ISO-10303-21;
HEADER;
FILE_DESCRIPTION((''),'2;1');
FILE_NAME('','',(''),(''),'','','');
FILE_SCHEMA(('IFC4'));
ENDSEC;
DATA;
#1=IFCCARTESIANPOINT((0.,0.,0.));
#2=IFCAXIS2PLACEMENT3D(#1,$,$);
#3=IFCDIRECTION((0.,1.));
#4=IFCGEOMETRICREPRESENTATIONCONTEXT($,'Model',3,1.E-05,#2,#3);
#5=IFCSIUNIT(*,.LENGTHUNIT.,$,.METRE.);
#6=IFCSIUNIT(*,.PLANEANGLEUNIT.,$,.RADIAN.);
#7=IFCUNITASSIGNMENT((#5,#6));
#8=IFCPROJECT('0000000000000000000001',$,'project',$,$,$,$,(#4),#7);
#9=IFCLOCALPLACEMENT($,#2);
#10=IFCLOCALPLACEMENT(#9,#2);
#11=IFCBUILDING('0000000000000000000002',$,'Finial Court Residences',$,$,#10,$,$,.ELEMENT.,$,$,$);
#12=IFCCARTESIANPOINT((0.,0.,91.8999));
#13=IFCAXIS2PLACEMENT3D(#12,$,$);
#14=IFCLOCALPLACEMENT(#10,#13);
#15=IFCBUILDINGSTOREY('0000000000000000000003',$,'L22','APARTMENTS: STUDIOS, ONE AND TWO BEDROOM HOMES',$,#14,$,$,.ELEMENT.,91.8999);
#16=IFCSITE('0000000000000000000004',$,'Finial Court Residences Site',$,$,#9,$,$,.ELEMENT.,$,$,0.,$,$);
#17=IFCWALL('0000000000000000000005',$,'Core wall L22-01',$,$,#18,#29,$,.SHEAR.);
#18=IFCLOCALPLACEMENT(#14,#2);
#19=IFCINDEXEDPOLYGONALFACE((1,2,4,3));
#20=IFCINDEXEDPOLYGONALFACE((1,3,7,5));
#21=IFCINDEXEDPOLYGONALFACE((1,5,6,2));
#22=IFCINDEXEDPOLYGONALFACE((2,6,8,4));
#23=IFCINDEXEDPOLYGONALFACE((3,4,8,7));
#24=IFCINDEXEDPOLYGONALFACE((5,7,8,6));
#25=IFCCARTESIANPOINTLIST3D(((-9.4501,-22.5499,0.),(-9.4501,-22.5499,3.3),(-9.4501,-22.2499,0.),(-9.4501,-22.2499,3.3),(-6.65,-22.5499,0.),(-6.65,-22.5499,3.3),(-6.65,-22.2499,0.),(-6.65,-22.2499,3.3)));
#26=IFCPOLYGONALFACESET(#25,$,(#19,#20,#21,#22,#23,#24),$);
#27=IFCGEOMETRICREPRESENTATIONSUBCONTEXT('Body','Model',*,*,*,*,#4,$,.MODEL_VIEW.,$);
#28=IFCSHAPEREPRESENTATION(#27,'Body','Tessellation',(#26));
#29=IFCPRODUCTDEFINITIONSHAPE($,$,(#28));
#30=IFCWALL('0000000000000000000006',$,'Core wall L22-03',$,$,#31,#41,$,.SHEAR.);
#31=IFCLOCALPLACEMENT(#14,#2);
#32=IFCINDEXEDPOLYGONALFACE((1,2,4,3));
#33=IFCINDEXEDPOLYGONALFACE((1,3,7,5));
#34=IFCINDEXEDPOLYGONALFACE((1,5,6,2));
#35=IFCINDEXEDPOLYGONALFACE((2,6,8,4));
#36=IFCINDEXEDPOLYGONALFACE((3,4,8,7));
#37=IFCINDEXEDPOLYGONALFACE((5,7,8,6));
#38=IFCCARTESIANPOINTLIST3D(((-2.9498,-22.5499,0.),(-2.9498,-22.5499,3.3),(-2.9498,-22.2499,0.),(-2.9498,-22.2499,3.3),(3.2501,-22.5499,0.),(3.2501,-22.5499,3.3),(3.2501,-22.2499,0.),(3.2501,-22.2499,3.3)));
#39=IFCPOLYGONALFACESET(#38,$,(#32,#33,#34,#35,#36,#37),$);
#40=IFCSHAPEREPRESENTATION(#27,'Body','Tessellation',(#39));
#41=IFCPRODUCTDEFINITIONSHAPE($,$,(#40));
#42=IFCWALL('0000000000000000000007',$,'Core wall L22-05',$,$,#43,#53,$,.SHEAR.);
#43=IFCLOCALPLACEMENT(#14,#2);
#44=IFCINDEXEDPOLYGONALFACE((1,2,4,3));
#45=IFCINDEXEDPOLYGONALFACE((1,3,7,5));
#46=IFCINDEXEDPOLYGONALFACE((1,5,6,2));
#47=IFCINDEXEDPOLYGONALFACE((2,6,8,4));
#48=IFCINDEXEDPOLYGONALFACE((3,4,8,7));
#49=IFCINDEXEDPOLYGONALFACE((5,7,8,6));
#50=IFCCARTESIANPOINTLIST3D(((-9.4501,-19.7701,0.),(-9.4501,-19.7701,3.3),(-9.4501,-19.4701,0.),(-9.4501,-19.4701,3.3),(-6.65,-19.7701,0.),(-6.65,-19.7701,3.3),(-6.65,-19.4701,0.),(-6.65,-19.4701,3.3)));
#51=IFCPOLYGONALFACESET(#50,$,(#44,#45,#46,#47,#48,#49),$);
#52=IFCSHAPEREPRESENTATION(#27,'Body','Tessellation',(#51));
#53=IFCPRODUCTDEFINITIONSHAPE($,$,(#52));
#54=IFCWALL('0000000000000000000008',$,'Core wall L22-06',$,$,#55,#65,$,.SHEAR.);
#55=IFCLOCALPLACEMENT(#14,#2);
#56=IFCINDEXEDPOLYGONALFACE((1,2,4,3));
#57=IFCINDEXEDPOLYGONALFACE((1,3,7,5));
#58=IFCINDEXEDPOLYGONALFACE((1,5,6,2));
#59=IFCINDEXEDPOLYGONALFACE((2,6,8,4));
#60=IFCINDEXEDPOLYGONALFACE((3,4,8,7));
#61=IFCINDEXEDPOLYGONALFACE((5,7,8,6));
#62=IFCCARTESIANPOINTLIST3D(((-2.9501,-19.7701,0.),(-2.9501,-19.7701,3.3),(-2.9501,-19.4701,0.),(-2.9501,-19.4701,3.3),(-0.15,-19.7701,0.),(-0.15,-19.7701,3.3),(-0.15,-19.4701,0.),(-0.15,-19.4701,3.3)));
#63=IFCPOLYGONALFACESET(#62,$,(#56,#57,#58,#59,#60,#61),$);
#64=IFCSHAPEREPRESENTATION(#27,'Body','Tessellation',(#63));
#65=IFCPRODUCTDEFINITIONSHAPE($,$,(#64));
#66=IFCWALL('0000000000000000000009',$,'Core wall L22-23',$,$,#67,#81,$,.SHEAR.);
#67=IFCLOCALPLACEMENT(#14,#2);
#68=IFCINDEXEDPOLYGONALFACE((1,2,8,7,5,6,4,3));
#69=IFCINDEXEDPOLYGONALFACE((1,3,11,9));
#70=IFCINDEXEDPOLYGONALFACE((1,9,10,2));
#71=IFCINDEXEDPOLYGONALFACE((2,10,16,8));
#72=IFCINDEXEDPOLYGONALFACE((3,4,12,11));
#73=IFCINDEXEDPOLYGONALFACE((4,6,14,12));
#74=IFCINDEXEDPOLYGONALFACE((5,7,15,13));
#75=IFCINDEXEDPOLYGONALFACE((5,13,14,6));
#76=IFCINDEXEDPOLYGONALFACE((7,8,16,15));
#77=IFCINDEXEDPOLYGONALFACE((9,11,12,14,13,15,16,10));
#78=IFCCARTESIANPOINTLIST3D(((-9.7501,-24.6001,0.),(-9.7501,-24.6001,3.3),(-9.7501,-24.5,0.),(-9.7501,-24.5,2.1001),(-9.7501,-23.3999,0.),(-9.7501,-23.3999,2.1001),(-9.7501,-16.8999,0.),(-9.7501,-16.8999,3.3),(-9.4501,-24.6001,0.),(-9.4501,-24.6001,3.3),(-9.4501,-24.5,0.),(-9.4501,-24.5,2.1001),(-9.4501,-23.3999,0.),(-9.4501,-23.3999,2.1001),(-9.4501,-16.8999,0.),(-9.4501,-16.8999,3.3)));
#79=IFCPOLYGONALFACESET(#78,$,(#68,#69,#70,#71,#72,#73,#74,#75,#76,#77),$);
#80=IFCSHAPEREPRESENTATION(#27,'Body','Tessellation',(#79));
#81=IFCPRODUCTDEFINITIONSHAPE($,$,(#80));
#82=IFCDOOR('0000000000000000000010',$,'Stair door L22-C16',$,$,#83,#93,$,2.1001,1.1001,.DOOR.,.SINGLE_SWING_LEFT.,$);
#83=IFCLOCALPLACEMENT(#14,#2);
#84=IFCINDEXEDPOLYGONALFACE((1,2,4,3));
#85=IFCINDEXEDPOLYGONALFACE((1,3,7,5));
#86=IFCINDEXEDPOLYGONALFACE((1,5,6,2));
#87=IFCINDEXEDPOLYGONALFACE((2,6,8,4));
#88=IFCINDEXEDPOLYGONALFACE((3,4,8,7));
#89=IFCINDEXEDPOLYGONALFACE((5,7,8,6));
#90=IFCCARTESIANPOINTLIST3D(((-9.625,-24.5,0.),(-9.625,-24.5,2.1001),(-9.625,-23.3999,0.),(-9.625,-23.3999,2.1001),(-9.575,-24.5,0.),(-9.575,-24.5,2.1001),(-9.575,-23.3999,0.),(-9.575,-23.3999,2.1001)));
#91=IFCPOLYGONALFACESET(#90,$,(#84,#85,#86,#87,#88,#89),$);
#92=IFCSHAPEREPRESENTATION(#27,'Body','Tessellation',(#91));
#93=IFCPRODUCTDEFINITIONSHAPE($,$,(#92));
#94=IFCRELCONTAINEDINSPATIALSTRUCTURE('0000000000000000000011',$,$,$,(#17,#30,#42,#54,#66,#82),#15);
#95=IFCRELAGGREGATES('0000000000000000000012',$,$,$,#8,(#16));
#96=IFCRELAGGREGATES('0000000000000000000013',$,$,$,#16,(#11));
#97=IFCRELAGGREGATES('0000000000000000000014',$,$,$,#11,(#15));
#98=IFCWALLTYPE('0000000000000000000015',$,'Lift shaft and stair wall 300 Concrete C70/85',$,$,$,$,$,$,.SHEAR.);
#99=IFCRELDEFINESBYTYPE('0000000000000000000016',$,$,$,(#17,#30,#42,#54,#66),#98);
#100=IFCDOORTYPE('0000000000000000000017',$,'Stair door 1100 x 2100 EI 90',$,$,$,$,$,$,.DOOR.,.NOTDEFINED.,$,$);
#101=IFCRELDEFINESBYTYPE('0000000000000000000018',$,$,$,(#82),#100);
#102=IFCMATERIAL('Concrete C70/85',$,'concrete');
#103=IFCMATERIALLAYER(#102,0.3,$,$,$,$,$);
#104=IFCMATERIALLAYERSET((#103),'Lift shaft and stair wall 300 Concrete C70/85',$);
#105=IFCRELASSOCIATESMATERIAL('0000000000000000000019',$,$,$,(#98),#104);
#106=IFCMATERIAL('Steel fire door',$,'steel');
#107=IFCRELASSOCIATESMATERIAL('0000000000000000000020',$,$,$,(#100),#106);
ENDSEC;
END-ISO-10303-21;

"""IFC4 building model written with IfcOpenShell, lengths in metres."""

from ifc_helpers import new_model, si_unit, direction, frame, frame_2d, origin, place, context, subcontext, project, spatial, rectangle, extrude, material, layer, layer_set, type_object, element, fill, save


model = new_model("IFC4")

# Units and contexts
model_context = context("Model", 3, precision=1e-05, world=origin(), true_north=direction((0.0, 1.0)))
body_context = subcontext(model_context, "Body", "Model", "MODEL_VIEW")
ifc_project = project(units=[si_unit("LENGTHUNIT", "METRE"), si_unit("PLANEANGLEUNIT", "RADIAN")], contexts=[model_context])

# Site, building, storey
site_placement = place(None, origin())
site = spatial("IfcSite", under=ifc_project, at=site_placement, Name="Finial Court Residences Site", CompositionType="ELEMENT", RefElevation=0.0)
building_placement = place(site_placement, origin())
building = spatial("IfcBuilding", under=site, at=building_placement, Name="Finial Court Residences", CompositionType="ELEMENT")
storey_placement = place(building_placement, frame((0.0, 0.0, 91.8999)))
storey = spatial("IfcBuildingStorey", under=building, at=storey_placement, Name="L22", Description="APARTMENTS: STUDIOS, ONE AND TWO BEDROOM HOMES", CompositionType="ELEMENT", Elevation=91.8999)

# Walls
ifc_material_1 = material(Name="Concrete C70/85", Category="concrete")
ifc_layer_1 = layer(ifc_material_1, 0.3)
ifc_layer_set_1 = layer_set([ifc_layer_1], Name="Lift shaft and stair wall 300 Concrete C70/85")
wall_type_1 = type_object("IfcWallType", Name="Lift shaft and stair wall 300 Concrete C70/85", PredefinedType="SHEAR", material=ifc_layer_set_1)
wall_1_placement = place(storey_placement, frame((-9.45, -22.3999, 0.0), z_axis=(0.0, 0.0, 1.0), x_axis=(1.0, 0.0, 0.0)))
element("IfcWall", 1, at=wall_1_placement, inside=storey, type_object=wall_type_1, Name="Core wall L22-01", PredefinedType="SHEAR", context=body_context, shape_type="SweptSolid", body=[
    extrude(rectangle(XDim=2.8, YDim=0.3, at=frame_2d((1.3999, 0.0))), origin(), (0.0, 0.0, 1.0), 3.3),
])
wall_2_placement = place(storey_placement, frame((-2.95, -22.3999, 0.0), z_axis=(0.0, 0.0, 1.0), x_axis=(1.0, 0.0, 0.0)))
element("IfcWall", 2, at=wall_2_placement, inside=storey, type_object=wall_type_1, Name="Core wall L22-03", PredefinedType="SHEAR", context=body_context, shape_type="SweptSolid", body=[
    extrude(rectangle(XDim=6.2, YDim=0.3, at=frame_2d((3.1001, 0.0))), origin(), (0.0, 0.0, 1.0), 3.3),
])
for number, where, z_axis, x_axis, name in (
    (3, (-9.45, -19.6201, 0.0), (0.0, 0.0, 1.0), (1.0, 0.0, 0.0), "Core wall L22-05"),
    (4, (-2.95, -19.6201, 0.0), (0.0, 0.0, 1.0), (1.0, 0.0, 0.0), "Core wall L22-06"),
):
    element("IfcWall", number, at=place(storey_placement, frame(where, z_axis=z_axis, x_axis=x_axis)), inside=storey, type_object=wall_type_1, Name=name, PredefinedType="SHEAR", context=body_context, shape_type="SweptSolid", body=[
        extrude(rectangle(XDim=2.8, YDim=0.3, at=frame_2d((1.3999, 0.0))), origin(), (0.0, 0.0, 1.0), 3.3),
    ])

# Wall, opening, door
wall_3_placement = place(storey_placement, frame((-9.6001, -24.6001, 0.0), z_axis=(0.0, 0.0, 1.0), x_axis=(0.0, 1.0, 0.0)))
wall_3 = element("IfcWall", 5, at=wall_3_placement, inside=storey, type_object=wall_type_1, Name="Core wall L22-23", PredefinedType="SHEAR", context=body_context, shape_type="SweptSolid", body=[
    extrude(rectangle(XDim=7.7002, YDim=0.3, at=frame_2d((3.8501, 0.0))), origin(), (0.0, 0.0, 1.0), 3.3),
])
opening_1_placement = place(wall_3_placement, frame((0.1001, 0.0, 0.0)))
opening_1 = element("IfcOpeningElement", 6, at=opening_1_placement, cuts=wall_3, PredefinedType="OPENING", context=body_context, shape_type="SweptSolid", body=[
    extrude(rectangle(XDim=1.1001, YDim=2.1001, at=frame_2d((0.55, 1.05))), frame((0.0, 0.1599, 0.0), z_axis=(0.0, -1.0, 0.0), x_axis=(1.0, 0.0, 0.0)), (0.0, 0.0, 1.0), 0.3201),
])
ifc_material_2 = material(Name="Steel fire door", Category="steel")
door_type_1 = type_object("IfcDoorType", Name="Stair door 1100 x 2100 EI 90", OperationType="NOTDEFINED", PredefinedType="DOOR", material=ifc_material_2)
door_1_placement = place(opening_1_placement, origin())
door_1 = element("IfcDoor", 7, at=door_1_placement, inside=storey, type_object=door_type_1, Name="Stair door L22-C16", OperationType="SINGLE_SWING_LEFT", OverallHeight=2.1001, OverallWidth=1.1001, PredefinedType="DOOR", context=body_context, shape_type="SweptSolid", body=[
    extrude(rectangle(XDim=1.1001, YDim=2.1001, at=frame_2d((0.55, 1.05))), frame((0.0, 0.0249, 0.0), z_axis=(0.0, -1.0, 0.0), x_axis=(1.0, 0.0, 0.0)), (0.0, 0.0, 1.0), 0.05),
])
fill(opening_1, door_1)

save(model, "model.ifc")
